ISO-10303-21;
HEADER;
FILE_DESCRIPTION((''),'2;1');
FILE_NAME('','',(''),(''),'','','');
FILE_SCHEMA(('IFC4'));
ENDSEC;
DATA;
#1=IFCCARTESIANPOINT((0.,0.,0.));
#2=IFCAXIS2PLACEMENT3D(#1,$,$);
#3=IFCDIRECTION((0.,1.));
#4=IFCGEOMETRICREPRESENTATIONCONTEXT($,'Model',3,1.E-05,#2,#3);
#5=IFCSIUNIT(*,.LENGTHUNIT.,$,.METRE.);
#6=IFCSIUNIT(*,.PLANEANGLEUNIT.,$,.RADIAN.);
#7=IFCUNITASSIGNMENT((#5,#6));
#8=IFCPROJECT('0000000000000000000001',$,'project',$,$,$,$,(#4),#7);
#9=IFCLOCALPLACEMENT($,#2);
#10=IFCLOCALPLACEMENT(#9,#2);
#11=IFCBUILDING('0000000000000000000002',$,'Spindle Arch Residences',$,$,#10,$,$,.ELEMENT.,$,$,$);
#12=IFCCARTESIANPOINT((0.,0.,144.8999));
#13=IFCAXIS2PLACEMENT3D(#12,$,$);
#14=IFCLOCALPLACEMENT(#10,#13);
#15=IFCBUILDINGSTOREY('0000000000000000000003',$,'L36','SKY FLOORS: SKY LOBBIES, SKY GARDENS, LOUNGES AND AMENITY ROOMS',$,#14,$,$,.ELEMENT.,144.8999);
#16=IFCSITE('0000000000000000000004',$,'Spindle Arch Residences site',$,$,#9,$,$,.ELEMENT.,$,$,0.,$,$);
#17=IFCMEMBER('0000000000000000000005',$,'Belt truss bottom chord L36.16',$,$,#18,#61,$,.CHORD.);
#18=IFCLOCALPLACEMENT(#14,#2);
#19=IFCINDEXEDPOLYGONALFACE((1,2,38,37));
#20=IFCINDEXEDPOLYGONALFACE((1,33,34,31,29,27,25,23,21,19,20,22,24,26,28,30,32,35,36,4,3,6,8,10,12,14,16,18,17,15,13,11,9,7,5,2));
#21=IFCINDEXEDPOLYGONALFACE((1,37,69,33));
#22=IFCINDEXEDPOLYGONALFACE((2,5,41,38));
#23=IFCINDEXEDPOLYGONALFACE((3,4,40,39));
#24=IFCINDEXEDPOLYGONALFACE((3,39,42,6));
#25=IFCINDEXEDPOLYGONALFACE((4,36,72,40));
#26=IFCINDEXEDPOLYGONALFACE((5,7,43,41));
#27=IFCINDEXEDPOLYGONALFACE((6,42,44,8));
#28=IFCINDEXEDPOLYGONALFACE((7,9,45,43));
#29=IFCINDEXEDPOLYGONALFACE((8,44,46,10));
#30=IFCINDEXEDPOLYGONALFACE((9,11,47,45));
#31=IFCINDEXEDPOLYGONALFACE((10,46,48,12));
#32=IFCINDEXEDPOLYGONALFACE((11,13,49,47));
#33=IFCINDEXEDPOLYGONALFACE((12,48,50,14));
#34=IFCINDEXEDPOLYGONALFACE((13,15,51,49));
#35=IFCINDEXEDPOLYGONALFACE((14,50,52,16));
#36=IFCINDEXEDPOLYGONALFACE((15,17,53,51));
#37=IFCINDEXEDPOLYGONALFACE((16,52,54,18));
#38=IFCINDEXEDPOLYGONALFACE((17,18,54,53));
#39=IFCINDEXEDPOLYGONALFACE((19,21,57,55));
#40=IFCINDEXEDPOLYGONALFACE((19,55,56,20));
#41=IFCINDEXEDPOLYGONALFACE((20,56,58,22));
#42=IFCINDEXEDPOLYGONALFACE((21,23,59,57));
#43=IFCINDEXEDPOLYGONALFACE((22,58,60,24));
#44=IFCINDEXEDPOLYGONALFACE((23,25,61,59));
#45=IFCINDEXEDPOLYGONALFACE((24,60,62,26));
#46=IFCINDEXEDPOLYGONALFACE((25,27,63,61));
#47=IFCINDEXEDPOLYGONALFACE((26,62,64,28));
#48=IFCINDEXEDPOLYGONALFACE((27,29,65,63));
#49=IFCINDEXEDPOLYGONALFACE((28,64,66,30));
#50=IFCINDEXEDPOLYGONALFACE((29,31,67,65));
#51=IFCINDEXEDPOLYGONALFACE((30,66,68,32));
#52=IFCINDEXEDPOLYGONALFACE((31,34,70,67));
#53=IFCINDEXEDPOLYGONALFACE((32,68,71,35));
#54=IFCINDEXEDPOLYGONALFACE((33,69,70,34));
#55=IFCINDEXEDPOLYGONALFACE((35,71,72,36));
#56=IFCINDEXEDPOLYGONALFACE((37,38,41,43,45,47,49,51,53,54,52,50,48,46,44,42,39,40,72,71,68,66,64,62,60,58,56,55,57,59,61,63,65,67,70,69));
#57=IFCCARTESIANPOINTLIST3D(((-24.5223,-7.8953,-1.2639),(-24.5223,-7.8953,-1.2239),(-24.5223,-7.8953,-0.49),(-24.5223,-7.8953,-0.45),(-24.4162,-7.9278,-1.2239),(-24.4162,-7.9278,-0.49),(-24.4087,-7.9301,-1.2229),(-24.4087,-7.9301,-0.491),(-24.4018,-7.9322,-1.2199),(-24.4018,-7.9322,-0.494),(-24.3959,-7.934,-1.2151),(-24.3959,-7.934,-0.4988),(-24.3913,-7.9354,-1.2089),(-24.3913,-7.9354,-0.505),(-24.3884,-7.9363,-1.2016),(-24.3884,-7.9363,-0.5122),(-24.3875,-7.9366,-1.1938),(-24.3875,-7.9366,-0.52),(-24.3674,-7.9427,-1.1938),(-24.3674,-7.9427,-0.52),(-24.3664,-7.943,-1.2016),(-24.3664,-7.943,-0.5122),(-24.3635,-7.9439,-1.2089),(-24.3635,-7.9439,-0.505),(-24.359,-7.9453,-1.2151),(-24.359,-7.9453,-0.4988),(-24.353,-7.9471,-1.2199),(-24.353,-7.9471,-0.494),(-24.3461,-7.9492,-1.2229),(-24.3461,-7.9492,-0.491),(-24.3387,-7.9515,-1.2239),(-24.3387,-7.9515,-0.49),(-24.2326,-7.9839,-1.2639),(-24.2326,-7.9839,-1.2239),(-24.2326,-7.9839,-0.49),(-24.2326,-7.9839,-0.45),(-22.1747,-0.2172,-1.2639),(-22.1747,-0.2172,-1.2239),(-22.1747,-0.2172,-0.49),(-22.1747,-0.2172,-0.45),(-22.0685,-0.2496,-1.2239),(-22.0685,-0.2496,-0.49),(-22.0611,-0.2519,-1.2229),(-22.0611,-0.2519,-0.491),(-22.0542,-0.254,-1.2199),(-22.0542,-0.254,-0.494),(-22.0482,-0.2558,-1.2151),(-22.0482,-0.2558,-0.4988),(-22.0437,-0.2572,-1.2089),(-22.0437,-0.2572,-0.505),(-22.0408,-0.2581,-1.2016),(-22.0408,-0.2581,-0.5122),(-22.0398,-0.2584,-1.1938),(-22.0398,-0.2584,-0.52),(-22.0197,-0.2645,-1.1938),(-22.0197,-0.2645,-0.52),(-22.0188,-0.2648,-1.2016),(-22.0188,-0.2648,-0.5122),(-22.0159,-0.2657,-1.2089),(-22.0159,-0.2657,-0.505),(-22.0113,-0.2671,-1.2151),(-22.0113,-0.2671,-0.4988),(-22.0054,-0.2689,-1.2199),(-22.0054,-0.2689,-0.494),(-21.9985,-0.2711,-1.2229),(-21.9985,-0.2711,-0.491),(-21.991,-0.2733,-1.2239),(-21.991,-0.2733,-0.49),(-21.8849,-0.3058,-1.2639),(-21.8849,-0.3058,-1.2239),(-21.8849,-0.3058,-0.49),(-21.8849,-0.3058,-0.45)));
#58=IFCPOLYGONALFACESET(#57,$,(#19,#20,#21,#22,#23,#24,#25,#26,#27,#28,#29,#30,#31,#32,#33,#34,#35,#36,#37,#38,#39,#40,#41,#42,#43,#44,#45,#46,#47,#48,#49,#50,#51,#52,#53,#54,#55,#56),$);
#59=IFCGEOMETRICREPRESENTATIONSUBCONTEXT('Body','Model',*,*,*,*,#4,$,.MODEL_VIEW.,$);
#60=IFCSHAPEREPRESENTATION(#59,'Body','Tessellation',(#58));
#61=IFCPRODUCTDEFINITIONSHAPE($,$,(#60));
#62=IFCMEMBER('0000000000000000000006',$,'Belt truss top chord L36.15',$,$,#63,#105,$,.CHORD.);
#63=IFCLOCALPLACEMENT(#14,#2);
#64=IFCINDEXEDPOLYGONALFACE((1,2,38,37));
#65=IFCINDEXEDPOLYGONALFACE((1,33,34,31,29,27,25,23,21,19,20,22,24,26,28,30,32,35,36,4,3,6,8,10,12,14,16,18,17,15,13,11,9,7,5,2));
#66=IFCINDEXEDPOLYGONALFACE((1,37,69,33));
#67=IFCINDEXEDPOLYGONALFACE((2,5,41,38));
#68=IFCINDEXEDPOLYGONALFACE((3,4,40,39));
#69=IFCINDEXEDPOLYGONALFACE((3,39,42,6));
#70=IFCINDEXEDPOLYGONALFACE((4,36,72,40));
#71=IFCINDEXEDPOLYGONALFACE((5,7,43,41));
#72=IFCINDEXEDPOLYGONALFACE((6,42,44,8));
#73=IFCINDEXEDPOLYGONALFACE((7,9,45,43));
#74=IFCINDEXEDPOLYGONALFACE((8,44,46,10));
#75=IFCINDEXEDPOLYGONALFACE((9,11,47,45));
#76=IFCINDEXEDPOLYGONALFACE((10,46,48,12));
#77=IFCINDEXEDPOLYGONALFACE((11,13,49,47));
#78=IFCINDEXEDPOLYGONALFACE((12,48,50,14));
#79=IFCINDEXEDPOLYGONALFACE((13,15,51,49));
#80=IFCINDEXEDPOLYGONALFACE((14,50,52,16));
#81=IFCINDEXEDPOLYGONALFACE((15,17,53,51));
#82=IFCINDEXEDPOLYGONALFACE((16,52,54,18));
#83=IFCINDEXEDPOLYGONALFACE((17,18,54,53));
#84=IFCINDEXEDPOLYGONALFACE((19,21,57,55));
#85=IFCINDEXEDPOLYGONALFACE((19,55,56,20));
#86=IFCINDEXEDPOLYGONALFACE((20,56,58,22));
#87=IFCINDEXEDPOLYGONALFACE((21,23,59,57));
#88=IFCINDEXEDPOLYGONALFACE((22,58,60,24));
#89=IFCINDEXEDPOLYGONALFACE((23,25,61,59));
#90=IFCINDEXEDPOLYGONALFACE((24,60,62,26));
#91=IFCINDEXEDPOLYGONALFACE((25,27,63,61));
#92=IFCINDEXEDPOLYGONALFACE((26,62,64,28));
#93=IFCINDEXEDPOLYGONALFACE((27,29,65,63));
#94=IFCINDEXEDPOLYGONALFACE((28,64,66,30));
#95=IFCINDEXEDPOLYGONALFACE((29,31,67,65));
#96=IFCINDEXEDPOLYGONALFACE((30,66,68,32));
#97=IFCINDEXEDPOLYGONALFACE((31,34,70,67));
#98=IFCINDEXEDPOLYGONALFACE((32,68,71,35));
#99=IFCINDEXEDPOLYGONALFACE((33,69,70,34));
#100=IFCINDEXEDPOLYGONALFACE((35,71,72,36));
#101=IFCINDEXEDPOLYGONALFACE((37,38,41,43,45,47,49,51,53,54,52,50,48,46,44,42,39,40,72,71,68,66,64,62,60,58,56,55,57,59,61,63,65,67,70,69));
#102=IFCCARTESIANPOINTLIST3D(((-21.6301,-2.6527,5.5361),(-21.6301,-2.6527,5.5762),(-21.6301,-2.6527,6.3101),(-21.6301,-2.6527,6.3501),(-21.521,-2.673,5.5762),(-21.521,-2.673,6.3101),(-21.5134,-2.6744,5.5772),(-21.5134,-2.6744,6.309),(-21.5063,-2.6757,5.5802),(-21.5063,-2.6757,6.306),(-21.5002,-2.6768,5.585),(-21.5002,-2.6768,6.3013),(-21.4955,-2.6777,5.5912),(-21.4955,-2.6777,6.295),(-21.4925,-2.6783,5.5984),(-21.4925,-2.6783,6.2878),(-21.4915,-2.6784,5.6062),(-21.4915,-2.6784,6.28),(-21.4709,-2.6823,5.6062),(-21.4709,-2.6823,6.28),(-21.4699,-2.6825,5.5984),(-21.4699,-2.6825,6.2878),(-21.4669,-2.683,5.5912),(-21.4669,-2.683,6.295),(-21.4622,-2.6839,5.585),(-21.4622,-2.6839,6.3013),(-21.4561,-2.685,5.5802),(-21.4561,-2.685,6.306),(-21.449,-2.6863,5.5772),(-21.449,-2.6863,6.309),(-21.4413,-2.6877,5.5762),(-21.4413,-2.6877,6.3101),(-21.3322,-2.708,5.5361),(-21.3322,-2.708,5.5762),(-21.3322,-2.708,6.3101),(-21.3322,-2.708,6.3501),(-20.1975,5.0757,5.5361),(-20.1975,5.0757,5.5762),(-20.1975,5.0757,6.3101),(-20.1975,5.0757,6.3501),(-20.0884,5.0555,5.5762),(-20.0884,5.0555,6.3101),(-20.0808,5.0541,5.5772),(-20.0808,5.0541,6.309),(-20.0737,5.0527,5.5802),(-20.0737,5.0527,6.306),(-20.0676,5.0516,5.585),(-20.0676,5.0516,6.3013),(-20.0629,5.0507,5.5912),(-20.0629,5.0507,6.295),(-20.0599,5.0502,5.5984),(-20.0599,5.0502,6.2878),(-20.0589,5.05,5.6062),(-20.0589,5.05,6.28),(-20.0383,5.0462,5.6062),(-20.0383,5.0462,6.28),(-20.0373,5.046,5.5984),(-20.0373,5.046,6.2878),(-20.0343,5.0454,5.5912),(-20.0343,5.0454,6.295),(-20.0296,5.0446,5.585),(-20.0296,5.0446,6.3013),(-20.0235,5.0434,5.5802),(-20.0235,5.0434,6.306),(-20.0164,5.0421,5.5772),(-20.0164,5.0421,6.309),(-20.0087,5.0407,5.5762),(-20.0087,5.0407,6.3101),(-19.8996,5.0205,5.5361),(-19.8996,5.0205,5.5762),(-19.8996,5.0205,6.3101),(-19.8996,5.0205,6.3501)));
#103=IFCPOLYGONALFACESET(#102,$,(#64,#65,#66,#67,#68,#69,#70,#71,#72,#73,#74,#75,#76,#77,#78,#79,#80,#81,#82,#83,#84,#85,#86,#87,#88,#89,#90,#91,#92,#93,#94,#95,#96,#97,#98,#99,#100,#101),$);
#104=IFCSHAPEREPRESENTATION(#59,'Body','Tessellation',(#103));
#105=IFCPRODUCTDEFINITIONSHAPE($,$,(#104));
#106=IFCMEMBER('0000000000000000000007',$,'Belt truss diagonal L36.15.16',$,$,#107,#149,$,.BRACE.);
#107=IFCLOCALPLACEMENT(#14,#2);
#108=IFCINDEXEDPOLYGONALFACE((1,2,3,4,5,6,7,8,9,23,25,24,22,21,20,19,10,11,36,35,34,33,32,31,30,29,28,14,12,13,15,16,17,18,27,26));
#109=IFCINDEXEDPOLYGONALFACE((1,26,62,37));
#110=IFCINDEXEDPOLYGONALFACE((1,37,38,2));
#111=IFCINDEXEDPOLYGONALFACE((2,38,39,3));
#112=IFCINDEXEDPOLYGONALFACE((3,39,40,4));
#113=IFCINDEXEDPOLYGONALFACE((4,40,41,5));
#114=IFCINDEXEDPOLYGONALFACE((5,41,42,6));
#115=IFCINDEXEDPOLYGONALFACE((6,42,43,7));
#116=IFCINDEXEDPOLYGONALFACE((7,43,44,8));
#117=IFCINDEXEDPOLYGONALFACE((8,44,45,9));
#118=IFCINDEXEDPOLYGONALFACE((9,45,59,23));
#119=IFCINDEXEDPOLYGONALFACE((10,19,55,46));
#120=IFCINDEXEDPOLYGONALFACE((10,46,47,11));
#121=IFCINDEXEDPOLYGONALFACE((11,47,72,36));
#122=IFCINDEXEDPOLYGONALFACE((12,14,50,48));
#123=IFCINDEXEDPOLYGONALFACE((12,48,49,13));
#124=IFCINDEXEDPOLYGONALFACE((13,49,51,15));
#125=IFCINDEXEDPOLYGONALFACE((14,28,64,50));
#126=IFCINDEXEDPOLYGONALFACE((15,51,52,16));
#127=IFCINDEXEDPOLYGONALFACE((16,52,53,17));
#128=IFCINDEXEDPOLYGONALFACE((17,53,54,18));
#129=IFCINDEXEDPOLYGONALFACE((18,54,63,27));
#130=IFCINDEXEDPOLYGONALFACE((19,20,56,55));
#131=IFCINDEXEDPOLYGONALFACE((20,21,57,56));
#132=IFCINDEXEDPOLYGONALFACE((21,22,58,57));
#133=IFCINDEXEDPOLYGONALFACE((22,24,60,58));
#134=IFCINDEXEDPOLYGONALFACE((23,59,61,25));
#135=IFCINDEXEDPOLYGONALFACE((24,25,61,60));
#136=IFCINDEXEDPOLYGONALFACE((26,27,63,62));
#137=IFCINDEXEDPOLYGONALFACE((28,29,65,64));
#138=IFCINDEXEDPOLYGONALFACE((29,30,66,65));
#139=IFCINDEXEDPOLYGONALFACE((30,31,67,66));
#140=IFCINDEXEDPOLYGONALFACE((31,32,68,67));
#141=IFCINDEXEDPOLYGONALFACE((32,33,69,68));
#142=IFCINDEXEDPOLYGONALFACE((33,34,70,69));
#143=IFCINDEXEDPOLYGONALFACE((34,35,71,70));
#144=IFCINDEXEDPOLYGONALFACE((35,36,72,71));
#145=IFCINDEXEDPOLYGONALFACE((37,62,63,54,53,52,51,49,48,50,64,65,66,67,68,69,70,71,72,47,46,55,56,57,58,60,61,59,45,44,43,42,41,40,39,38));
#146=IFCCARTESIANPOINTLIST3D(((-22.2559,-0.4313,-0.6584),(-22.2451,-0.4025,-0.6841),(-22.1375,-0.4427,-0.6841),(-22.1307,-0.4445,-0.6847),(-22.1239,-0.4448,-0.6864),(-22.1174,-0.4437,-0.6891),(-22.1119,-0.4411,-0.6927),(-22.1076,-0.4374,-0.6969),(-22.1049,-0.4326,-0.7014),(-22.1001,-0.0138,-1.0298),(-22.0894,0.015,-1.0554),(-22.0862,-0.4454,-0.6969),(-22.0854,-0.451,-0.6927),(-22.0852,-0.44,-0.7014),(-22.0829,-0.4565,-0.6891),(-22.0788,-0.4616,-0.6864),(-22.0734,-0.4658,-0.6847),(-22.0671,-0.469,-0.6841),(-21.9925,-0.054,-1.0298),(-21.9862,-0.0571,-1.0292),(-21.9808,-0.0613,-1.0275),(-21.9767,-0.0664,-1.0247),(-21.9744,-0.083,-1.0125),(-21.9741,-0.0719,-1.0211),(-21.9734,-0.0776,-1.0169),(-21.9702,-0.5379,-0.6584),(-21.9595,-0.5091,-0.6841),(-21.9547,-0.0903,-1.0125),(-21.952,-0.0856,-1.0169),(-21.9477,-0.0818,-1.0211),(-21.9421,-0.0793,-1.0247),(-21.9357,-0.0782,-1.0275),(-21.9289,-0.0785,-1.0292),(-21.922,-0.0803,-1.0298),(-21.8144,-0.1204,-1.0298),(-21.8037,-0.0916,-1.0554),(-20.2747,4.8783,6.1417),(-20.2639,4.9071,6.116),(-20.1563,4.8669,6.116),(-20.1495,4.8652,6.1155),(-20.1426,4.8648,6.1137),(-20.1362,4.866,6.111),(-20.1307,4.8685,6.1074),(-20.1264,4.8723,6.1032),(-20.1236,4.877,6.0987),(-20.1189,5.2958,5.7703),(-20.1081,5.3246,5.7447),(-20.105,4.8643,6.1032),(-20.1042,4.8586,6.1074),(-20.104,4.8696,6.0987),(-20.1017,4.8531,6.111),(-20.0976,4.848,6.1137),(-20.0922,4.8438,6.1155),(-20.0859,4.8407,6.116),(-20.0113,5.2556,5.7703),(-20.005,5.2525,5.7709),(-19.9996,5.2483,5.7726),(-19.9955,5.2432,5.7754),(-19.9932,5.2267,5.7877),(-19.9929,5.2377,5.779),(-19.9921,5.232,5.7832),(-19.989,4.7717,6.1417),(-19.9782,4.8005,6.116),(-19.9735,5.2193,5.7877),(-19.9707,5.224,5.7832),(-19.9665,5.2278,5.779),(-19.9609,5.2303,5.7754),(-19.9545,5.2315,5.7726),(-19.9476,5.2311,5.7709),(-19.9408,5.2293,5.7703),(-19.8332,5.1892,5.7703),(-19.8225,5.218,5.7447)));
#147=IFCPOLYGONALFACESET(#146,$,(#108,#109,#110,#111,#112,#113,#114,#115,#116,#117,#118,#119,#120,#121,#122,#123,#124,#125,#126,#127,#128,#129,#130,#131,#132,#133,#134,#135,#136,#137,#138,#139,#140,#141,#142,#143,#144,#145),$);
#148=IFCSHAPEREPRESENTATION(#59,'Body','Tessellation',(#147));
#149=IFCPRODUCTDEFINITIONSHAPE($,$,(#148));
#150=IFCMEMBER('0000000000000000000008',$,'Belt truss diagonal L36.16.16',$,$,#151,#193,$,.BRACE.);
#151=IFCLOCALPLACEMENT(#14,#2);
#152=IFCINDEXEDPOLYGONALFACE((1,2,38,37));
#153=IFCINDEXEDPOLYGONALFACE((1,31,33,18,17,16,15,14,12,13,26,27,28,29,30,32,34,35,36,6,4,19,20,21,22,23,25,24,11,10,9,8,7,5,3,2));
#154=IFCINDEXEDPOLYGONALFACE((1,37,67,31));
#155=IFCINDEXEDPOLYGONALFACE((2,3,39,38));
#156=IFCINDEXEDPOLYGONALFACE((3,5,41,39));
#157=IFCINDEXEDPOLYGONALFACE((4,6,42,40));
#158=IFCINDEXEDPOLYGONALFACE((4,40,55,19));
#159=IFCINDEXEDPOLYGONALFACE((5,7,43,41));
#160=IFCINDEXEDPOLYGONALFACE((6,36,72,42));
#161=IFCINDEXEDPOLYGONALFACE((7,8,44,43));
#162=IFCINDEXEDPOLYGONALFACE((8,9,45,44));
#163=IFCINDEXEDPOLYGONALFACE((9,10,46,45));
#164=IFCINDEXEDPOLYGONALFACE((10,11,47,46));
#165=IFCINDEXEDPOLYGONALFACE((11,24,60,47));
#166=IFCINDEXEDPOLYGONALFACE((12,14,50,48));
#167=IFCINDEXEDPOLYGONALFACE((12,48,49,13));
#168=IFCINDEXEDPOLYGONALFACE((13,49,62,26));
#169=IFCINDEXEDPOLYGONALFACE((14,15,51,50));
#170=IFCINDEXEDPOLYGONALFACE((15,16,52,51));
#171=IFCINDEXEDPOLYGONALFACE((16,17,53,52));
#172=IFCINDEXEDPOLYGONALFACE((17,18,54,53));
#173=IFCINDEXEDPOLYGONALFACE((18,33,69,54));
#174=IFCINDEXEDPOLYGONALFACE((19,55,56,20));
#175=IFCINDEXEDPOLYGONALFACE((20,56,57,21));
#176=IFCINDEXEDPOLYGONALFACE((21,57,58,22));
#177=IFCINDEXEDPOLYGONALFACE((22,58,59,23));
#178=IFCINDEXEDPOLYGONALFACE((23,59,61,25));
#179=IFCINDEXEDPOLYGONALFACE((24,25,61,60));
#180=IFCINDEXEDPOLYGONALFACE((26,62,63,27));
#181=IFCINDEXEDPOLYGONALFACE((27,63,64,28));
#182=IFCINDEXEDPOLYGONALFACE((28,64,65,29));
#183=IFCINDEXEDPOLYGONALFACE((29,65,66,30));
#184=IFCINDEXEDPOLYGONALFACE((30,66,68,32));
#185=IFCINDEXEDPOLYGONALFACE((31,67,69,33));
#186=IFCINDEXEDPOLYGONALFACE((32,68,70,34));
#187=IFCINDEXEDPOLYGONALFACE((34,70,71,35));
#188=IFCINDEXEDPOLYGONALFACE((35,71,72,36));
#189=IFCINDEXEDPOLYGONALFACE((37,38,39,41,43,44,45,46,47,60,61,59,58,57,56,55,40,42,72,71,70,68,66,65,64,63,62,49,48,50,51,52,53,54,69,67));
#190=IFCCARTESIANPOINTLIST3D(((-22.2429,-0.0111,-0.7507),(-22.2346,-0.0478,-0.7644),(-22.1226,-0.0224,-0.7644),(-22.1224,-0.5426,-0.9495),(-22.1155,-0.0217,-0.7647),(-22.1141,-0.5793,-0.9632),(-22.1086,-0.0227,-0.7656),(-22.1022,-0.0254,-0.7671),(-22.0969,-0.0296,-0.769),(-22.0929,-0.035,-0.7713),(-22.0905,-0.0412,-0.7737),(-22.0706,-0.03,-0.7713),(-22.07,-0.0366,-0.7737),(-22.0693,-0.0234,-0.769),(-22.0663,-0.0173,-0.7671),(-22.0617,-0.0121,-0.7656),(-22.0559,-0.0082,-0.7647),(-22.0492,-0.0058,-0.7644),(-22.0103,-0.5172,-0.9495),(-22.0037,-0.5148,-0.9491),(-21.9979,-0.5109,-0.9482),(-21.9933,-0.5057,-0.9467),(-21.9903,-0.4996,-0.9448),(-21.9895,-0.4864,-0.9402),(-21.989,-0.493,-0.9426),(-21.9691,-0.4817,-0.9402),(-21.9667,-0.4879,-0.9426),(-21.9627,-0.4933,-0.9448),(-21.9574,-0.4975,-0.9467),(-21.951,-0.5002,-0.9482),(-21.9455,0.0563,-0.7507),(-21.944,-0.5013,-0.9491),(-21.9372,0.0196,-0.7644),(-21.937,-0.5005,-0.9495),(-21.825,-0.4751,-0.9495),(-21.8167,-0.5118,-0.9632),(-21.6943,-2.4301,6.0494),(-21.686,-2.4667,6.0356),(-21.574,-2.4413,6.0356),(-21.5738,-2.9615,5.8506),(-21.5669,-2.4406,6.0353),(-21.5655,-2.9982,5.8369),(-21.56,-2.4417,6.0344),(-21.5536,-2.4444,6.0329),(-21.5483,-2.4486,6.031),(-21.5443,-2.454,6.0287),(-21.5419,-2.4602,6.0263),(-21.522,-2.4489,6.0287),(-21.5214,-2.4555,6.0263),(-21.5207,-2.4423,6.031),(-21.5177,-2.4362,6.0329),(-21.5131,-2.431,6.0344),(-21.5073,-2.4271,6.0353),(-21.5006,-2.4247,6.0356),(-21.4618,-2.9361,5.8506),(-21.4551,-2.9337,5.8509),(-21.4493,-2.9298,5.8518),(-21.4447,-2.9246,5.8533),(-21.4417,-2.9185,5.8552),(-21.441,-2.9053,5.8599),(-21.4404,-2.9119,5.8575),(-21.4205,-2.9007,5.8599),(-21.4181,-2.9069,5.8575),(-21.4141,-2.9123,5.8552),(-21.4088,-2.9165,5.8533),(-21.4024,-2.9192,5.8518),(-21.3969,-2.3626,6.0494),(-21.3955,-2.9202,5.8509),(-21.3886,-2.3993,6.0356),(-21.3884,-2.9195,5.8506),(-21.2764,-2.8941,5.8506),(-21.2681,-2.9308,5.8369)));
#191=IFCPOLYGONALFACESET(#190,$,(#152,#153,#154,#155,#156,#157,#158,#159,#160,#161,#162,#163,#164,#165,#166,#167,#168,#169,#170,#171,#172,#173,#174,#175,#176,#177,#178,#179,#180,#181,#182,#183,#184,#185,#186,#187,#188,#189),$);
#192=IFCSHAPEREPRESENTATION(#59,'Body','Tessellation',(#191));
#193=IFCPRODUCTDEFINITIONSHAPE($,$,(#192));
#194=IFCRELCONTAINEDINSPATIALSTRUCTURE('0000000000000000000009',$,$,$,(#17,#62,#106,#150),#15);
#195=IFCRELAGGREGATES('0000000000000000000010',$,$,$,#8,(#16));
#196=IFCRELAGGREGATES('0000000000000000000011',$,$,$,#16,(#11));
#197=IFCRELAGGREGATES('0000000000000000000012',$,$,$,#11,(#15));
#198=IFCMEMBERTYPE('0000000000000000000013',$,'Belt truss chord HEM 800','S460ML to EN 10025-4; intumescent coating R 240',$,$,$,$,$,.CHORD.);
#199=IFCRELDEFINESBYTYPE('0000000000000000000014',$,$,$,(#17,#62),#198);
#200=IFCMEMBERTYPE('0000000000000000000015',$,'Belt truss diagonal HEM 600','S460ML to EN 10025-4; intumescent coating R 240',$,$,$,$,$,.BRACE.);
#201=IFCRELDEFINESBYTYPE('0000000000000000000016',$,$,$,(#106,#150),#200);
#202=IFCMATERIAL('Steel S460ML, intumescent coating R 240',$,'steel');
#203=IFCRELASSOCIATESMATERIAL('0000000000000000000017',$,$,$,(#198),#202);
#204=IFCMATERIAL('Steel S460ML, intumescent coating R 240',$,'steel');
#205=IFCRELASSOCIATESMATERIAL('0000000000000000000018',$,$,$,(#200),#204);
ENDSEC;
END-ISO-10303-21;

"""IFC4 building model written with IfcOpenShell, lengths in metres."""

from ifc_helpers import new_model, si_unit, direction, frame, origin, origin_2d, place, context, subcontext, project, spatial, i_section, extrude, material, material_profile, profile_set, type_object, element, save


model = new_model("IFC4")

# Units and contexts
model_context = context("Model", 3, precision=1e-05, world=origin(), true_north=direction((0.0, 1.0)))
body_context = subcontext(model_context, "Body", "Model", "MODEL_VIEW")
ifc_project = project(units=[si_unit("LENGTHUNIT", "METRE"), si_unit("PLANEANGLEUNIT", "RADIAN")], contexts=[model_context])

# Site, building, storey
site_placement = place(None, origin())
site = spatial("IfcSite", under=ifc_project, at=site_placement, Name="Spindle Arch Residences site", CompositionType="ELEMENT", RefElevation=0.0)
building_placement = place(site_placement, origin())
building = spatial("IfcBuilding", under=site, at=building_placement, Name="Spindle Arch Residences", CompositionType="ELEMENT")
storey_placement = place(building_placement, frame((0.0, 0.0, 144.8999)))
storey = spatial("IfcBuildingStorey", under=building, at=storey_placement, Name="L36", Description="SKY FLOORS: SKY LOBBIES, SKY GARDENS, LOUNGES AND AMENITY ROOMS", CompositionType="ELEMENT", Elevation=144.8999)

# Members
ifc_material_1 = material(Name="Steel S460ML, intumescent coating R 240", Category="steel")
ifc_material_profile_1 = material_profile(ifc_material_1, i_section(OverallWidth=0.303, OverallDepth=0.814, WebThickness=0.021, FlangeThickness=0.04, FilletRadius=0.03, at=origin_2d()), Name="HEM 800")
ifc_profile_set_1 = profile_set([ifc_material_profile_1], Name="Steel S460ML, intumescent coating R 240")
member_type_1 = type_object("IfcMemberType", Name="Belt truss chord HEM 800", Description="S460ML to EN 10025-4; intumescent coating R 240", PredefinedType="CHORD", material=ifc_profile_set_1)
member_1_placement = place(storey_placement, frame((-22.0298, -0.2615, -0.8569), z_axis=(-0.292393, -0.956298, 0.0), x_axis=(0.956298, -0.292393, 0.0)))
element("IfcMember", 1, at=member_1_placement, inside=storey, type_object=member_type_1, Name="Belt truss bottom chord L36.16", PredefinedType="CHORD", context=body_context, shape_type="SweptSolid", body=[
    extrude(i_section(OverallWidth=0.303, OverallDepth=0.814, WebThickness=0.021, FlangeThickness=0.04, FilletRadius=0.03, at=origin_2d()), origin(), (0.0, 0.0, 1.0), 8.0291),
])
member_2_placement = place(storey_placement, frame((-20.0486, 5.0481, 5.9431), z_axis=(-0.182263, -0.98325, 0.0), x_axis=(0.98325, -0.182263, 0.0)))
element("IfcMember", 2, at=member_2_placement, inside=storey, type_object=member_type_1, Name="Belt truss top chord L36.15", PredefinedType="CHORD", context=body_context, shape_type="SweptSolid", body=[
    extrude(i_section(OverallWidth=0.303, OverallDepth=0.814, WebThickness=0.021, FlangeThickness=0.04, FilletRadius=0.03, at=origin_2d()), origin(), (0.0, 0.0, 1.0), 7.8601),
])
ifc_material_2 = material(Name="Steel S460ML, intumescent coating R 240", Category="steel")
ifc_material_profile_2 = material_profile(ifc_material_2, i_section(OverallWidth=0.3049, OverallDepth=0.6201, WebThickness=0.021, FlangeThickness=0.04, FilletRadius=0.0271, at=origin_2d()), Name="HEM 600")
ifc_profile_set_2 = profile_set([ifc_material_profile_2], Name="Steel S460ML, intumescent coating R 240")
member_type_2 = type_object("IfcMemberType", Name="Belt truss diagonal HEM 600", Description="S460ML to EN 10025-4; intumescent coating R 240", PredefinedType="BRACE", material=ifc_profile_set_2)
member_3_placement = place(storey_placement, frame((-22.0298, -0.2615, -0.8569), z_axis=(0.223815, 0.599818, 0.768196), x_axis=(-0.936902, 0.349593, 0.0)))
element("IfcMember", 3, at=member_3_placement, inside=storey, type_object=member_type_2, Name="Belt truss diagonal L36.15.16", PredefinedType="BRACE", context=body_context, shape_type="SweptSolid", body=[
    extrude(i_section(OverallWidth=0.3049, OverallDepth=0.6201, WebThickness=0.021, FlangeThickness=0.04, FilletRadius=0.0271, at=origin_2d()), origin(), (0.0, 0.0, 1.0), 8.8521),
])
member_4_placement = place(storey_placement, frame((-22.0298, -0.2615, -0.8569), z_axis=(0.075789, -0.334187, 0.939455), x_axis=(0.975235, 0.22117, 0.0)))
element("IfcMember", 4, at=member_4_placement, inside=storey, type_object=member_type_2, Name="Belt truss diagonal L36.16.16", PredefinedType="BRACE", context=body_context, shape_type="SweptSolid", body=[
    extrude(i_section(OverallWidth=0.3049, OverallDepth=0.6201, WebThickness=0.021, FlangeThickness=0.04, FilletRadius=0.0271, at=origin_2d()), origin(), (0.0, 0.0, 1.0), 7.2383),
])

save(model, "model.ifc")
